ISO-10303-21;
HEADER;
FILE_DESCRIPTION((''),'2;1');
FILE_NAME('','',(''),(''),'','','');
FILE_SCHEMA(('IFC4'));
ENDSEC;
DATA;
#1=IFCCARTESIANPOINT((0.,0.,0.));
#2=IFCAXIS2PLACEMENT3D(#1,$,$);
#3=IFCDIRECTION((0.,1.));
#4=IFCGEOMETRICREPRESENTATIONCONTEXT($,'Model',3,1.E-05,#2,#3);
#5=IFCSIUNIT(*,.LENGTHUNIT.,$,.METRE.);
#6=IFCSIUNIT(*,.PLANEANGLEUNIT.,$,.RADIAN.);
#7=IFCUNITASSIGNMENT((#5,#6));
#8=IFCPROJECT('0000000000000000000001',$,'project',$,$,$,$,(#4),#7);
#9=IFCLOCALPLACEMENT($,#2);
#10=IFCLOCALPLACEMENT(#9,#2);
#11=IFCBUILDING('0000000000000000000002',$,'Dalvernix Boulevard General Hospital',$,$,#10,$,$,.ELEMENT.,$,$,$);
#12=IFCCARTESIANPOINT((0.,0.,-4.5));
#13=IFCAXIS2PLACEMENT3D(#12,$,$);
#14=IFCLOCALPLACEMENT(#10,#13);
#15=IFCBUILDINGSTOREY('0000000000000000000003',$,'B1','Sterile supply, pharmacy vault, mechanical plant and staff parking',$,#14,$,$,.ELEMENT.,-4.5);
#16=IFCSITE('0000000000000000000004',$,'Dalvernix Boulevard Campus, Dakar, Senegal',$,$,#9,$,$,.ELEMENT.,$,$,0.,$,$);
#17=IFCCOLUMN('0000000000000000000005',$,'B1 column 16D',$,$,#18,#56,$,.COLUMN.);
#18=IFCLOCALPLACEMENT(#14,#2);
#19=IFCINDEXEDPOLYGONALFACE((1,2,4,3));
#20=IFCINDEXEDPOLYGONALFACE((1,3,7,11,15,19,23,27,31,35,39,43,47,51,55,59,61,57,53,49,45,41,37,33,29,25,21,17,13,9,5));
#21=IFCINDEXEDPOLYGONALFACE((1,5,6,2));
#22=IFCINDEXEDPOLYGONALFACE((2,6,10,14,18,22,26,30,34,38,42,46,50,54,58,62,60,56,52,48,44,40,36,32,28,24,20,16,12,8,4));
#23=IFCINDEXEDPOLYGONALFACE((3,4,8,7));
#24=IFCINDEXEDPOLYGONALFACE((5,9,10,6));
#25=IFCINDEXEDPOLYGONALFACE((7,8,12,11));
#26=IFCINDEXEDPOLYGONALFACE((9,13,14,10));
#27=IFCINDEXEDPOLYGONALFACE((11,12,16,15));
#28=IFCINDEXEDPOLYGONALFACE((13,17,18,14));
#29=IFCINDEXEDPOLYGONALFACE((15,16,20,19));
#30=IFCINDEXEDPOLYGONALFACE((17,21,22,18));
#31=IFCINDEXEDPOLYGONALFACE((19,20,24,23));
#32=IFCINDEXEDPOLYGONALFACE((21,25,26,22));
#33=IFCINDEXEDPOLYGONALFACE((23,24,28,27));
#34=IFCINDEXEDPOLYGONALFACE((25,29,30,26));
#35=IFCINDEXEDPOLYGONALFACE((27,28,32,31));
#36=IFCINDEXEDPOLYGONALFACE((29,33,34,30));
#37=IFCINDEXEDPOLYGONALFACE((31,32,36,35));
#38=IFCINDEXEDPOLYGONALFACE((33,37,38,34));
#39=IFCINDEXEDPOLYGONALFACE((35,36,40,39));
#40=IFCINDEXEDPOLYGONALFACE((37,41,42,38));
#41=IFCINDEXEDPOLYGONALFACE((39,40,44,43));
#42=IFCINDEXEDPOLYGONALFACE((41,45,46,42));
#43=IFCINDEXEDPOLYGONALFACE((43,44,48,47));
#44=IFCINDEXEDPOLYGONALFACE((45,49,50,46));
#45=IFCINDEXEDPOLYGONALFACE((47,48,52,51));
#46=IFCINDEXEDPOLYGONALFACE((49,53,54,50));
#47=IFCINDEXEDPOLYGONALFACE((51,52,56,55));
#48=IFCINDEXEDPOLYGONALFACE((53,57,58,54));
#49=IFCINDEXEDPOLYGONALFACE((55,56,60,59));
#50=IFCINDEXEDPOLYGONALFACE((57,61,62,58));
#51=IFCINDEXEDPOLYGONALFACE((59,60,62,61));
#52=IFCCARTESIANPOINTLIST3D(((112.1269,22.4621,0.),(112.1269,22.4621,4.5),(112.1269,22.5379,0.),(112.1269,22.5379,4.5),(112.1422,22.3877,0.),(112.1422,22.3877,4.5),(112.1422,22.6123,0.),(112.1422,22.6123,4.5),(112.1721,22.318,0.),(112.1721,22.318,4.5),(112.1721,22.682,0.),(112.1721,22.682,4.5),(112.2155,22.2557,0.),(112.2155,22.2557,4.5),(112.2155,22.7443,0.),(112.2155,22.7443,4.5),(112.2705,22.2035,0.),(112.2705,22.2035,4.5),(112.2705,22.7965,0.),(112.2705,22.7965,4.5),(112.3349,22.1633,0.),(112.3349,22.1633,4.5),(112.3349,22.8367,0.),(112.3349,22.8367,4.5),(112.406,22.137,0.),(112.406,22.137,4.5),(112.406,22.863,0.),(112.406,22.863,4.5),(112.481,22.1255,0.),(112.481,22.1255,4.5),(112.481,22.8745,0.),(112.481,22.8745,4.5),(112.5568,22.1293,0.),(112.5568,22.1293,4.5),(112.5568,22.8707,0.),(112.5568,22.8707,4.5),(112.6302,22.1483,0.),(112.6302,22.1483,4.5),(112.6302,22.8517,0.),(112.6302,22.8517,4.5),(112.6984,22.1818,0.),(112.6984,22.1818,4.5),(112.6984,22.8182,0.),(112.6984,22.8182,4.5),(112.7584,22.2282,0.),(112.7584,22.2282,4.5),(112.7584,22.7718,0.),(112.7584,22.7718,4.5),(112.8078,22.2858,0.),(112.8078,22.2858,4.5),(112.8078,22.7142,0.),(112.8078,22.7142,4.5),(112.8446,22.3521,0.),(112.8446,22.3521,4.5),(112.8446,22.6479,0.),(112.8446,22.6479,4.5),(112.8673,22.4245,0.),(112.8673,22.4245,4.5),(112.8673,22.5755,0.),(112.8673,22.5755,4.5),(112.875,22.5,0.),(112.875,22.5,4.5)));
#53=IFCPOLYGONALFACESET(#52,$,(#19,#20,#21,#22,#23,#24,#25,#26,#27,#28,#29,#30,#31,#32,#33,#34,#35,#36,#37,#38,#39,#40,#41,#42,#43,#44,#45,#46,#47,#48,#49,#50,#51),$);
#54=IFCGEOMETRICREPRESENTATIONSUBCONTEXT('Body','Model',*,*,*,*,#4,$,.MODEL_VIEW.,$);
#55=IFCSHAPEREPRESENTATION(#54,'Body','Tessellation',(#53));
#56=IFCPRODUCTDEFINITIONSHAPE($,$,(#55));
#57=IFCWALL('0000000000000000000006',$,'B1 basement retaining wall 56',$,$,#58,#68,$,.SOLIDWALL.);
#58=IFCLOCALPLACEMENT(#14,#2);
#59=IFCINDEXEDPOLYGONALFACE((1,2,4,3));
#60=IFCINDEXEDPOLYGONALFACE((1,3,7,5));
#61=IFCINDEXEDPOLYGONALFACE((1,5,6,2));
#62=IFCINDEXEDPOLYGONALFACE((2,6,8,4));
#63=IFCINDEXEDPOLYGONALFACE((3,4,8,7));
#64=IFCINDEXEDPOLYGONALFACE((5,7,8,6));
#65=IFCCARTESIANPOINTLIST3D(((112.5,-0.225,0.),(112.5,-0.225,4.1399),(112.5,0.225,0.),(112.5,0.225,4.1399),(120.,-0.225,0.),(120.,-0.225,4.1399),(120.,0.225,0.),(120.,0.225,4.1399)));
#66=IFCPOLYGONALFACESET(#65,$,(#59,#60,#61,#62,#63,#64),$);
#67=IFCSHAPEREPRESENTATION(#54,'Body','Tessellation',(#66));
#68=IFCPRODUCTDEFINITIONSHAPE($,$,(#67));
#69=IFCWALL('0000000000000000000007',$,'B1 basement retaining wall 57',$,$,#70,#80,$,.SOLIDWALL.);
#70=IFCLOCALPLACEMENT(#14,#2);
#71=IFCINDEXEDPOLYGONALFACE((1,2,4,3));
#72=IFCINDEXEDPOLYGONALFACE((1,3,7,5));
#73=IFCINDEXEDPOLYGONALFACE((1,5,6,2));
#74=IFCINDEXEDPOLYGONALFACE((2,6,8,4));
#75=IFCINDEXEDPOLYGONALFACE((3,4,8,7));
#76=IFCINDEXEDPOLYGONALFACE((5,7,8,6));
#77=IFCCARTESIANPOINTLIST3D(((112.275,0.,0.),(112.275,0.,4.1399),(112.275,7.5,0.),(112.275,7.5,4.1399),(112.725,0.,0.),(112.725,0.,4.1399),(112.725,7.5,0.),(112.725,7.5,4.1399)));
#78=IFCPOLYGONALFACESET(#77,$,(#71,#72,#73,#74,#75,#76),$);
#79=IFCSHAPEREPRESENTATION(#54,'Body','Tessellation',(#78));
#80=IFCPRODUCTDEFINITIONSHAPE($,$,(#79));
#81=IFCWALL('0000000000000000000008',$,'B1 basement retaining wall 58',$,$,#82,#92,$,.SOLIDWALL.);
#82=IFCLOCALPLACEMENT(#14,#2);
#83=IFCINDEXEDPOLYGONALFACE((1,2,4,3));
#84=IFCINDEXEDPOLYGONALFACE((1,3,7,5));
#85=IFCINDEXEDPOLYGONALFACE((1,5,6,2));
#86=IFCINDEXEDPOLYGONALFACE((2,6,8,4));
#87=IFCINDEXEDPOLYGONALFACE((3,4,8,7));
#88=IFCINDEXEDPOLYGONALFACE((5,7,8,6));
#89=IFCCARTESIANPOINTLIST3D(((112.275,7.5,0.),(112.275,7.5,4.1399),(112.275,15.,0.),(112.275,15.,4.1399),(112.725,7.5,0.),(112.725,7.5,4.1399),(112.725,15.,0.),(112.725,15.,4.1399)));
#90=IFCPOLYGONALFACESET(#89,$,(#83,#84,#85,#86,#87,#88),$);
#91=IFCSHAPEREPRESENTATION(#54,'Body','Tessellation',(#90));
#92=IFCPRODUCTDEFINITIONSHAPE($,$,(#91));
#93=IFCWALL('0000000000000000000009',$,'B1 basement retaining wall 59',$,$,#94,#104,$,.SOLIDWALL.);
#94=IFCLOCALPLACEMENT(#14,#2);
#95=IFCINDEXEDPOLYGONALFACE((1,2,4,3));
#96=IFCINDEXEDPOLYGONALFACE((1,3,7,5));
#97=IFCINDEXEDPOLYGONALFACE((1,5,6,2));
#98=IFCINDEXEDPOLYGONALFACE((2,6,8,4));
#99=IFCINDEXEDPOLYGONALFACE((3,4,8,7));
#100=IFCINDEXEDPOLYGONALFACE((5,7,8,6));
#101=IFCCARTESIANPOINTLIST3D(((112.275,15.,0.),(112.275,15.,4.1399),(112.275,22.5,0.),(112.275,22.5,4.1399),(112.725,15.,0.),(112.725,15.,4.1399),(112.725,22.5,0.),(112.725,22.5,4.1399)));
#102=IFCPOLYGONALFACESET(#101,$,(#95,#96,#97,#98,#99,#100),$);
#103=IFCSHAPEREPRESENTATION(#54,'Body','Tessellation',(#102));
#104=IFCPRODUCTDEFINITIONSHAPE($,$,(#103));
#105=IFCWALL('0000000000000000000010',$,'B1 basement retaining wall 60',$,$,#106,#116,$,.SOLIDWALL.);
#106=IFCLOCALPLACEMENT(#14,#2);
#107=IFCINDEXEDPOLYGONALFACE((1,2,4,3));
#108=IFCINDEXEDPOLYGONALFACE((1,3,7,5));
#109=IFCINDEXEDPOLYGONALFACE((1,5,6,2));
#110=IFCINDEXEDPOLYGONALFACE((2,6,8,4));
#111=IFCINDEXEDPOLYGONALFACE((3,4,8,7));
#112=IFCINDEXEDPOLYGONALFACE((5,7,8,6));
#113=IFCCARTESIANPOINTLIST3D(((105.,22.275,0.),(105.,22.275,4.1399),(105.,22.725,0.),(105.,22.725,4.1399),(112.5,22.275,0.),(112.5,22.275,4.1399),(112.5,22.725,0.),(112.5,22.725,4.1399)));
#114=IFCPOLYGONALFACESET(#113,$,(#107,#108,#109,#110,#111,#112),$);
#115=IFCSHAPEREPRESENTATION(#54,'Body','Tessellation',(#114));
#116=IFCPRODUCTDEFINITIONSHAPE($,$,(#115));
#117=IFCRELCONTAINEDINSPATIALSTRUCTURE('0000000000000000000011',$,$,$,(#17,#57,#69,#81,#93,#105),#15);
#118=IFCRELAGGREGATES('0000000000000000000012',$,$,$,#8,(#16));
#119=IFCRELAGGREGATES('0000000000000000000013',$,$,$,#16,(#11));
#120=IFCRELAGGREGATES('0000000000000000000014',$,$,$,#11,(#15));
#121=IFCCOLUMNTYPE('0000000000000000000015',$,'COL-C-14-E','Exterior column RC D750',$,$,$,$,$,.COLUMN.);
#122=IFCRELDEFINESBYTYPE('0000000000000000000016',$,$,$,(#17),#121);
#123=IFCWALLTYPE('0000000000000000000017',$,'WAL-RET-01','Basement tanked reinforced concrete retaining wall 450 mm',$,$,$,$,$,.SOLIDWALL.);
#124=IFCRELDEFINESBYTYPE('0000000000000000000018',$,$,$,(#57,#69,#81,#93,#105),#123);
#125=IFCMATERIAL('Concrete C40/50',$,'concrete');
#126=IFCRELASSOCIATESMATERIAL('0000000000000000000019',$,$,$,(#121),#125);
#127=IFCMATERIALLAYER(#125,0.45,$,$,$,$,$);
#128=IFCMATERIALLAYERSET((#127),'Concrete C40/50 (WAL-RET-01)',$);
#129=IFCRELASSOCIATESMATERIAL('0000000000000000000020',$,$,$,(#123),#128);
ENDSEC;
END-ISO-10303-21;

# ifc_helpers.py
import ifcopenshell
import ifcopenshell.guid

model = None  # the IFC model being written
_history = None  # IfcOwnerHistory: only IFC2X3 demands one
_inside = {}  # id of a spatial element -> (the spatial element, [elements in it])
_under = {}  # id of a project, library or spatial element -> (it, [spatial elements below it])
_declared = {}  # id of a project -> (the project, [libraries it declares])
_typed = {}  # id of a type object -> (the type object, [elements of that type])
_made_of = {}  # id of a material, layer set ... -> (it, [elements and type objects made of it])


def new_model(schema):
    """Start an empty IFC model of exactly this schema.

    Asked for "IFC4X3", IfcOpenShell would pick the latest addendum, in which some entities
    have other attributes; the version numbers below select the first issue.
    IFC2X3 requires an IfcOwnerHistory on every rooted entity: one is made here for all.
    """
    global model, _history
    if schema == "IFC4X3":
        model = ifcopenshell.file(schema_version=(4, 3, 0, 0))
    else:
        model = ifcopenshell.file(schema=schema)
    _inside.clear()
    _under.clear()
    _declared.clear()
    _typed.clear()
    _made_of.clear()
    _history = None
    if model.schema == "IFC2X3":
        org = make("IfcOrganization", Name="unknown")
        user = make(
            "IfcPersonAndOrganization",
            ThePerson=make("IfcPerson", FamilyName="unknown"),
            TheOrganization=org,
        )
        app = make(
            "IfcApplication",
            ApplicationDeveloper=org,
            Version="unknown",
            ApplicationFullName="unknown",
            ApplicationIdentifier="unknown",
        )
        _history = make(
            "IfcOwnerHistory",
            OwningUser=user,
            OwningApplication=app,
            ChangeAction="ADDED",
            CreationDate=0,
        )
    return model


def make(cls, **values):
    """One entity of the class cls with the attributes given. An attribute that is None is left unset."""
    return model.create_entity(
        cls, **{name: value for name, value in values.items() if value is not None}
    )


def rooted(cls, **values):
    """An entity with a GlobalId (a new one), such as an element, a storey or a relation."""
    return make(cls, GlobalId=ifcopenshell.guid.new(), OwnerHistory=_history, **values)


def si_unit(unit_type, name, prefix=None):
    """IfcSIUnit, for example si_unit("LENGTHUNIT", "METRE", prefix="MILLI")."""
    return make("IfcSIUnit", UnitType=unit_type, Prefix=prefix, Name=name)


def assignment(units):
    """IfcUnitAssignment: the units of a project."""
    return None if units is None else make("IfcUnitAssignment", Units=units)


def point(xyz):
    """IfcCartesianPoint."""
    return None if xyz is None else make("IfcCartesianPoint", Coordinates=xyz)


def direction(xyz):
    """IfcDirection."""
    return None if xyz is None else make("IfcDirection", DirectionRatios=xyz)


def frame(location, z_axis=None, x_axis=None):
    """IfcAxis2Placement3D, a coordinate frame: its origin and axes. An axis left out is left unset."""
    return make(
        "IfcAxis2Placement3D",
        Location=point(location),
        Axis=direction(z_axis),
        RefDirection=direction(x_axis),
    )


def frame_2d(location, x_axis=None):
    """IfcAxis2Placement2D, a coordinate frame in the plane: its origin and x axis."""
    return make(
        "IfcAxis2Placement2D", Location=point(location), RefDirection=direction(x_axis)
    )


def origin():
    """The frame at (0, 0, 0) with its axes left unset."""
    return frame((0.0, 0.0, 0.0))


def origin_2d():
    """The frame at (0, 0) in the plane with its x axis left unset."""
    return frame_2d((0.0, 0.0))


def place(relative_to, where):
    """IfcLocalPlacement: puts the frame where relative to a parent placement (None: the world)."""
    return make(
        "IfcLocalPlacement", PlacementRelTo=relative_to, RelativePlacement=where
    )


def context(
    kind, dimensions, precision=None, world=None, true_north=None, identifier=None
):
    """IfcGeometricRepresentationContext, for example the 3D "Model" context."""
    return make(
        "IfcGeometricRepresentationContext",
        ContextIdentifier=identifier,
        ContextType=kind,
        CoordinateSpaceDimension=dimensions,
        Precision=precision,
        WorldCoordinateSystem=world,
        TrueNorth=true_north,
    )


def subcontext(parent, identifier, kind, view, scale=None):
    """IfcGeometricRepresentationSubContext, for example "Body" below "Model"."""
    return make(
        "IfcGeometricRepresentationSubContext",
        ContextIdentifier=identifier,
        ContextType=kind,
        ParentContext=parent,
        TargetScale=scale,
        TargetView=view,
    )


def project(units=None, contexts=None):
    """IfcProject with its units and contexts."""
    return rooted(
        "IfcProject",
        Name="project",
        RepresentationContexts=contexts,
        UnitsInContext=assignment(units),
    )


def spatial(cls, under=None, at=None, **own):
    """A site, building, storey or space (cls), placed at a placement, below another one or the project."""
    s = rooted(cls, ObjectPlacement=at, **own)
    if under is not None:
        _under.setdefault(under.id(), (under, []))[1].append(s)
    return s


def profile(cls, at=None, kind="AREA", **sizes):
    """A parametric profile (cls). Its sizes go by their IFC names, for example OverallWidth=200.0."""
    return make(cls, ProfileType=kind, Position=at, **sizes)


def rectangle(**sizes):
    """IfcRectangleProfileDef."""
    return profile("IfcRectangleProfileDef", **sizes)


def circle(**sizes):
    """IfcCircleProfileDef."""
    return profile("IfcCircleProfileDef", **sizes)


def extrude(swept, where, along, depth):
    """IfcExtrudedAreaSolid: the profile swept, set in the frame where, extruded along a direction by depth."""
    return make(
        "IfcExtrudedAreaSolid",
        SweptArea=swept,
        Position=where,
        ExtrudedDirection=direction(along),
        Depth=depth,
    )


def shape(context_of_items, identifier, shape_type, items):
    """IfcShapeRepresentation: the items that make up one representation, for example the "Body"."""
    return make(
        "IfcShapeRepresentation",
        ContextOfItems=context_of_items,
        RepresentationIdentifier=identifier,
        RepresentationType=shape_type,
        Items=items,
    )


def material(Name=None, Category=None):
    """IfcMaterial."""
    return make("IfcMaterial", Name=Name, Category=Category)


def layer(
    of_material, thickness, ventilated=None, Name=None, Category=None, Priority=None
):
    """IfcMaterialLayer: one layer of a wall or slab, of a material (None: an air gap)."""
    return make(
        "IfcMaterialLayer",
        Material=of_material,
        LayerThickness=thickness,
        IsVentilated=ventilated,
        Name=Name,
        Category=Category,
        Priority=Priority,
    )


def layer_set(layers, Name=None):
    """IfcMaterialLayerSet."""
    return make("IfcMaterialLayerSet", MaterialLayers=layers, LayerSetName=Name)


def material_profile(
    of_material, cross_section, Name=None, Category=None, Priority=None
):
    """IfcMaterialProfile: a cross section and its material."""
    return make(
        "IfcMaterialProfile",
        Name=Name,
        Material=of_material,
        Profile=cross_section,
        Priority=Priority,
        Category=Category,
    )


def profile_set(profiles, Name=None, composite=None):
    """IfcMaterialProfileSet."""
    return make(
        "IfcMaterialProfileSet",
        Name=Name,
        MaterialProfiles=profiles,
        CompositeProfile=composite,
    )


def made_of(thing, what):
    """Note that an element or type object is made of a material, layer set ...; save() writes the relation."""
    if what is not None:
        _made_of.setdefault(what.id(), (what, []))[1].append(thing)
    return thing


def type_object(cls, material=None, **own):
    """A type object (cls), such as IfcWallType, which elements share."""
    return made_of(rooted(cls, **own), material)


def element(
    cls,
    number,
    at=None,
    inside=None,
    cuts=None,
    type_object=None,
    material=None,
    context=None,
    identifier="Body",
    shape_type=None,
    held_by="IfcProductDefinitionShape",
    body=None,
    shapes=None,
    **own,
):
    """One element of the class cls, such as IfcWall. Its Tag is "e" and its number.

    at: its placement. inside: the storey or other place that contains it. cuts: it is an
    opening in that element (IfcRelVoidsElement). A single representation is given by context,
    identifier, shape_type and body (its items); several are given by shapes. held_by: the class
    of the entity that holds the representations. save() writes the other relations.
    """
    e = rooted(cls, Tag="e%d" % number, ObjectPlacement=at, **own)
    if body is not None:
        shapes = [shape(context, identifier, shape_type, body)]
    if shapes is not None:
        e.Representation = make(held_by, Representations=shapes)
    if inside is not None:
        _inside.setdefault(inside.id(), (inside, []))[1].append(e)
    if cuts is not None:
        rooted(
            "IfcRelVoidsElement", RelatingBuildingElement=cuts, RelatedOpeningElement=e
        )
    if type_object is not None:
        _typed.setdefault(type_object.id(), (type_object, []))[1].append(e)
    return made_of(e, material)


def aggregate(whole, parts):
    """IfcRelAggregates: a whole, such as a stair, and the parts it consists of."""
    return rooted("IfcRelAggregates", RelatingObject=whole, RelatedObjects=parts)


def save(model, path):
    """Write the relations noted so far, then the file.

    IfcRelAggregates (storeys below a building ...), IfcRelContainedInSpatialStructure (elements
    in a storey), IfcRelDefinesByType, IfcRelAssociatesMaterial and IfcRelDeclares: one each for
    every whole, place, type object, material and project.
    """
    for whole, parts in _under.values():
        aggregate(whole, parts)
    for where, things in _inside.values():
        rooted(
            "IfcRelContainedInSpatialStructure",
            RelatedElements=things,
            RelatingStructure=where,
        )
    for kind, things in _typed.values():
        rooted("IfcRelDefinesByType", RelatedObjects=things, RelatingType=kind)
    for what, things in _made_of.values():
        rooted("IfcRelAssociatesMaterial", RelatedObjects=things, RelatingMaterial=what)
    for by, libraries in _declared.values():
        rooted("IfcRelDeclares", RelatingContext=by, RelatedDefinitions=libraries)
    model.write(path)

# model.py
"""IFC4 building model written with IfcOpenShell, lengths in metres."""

from ifc_helpers import new_model, si_unit, direction, frame, frame_2d, origin, origin_2d, place, context, subcontext, project, spatial, rectangle, circle, extrude, material, layer, layer_set, material_profile, profile_set, type_object, element, save


model = new_model("IFC4")

# Units and contexts
model_context = context("Model", 3, precision=1e-05, world=origin(), true_north=direction((0.0, 1.0)))
body_context = subcontext(model_context, "Body", "Model", "MODEL_VIEW")
ifc_project = project(units=[si_unit("LENGTHUNIT", "METRE"), si_unit("PLANEANGLEUNIT", "RADIAN")], contexts=[model_context])

# Site, building, storey
site_placement = place(None, origin())
site = spatial("IfcSite", under=ifc_project, at=site_placement, Name="Dalvernix Boulevard Campus, Dakar, Senegal", CompositionType="ELEMENT", RefElevation=0.0)
building_placement = place(site_placement, origin())
building = spatial("IfcBuilding", under=site, at=building_placement, Name="Dalvernix Boulevard General Hospital", CompositionType="ELEMENT")
storey_placement = place(building_placement, frame((0.0, 0.0, -4.5)))
storey = spatial("IfcBuildingStorey", under=building, at=storey_placement, Name="B1", Description="Sterile supply, pharmacy vault, mechanical plant and staff parking", CompositionType="ELEMENT", Elevation=-4.5)

# Shared definitions
ifc_material_1 = material(Name="Concrete C40/50", Category="concrete")

# Column
ifc_material_profile_1 = material_profile(ifc_material_1, circle(Radius=0.375, at=origin_2d()), Name="RC D750")
ifc_profile_set_1 = profile_set([ifc_material_profile_1], Name="Concrete C40/50")
column_type_1 = type_object("IfcColumnType", Name="COL-C-14-E", Description="Exterior column RC D750", PredefinedType="COLUMN", material=ifc_profile_set_1)
column_1_placement = place(storey_placement, frame((112.5, 22.5, 0.0), z_axis=(0.0, 0.0, 1.0), x_axis=(1.0, 0.0, 0.0)))
element("IfcColumn", 1, at=column_1_placement, inside=storey, type_object=column_type_1, Name="B1 column 16D", PredefinedType="COLUMN", context=body_context, shape_type="SweptSolid", body=[
    extrude(circle(Radius=0.375, at=origin_2d()), origin(), (0.0, 0.0, 1.0), 4.5),
])

# Walls
ifc_layer = layer(ifc_material_1, 0.45)
ifc_layer_set = layer_set([ifc_layer], Name="Concrete C40/50 (WAL-RET-01)")
wall_type = type_object("IfcWallType", Name="WAL-RET-01", Description="Basement tanked reinforced concrete retaining wall 450 mm", PredefinedType="SOLIDWALL", material=ifc_layer_set)
for number, where, z_axis, x_axis, name in (
    (2, (120.0, 0.0, 0.0), (0.0, 0.0, 1.0), (-1.0, 0.0, 0.0), "B1 basement retaining wall 56"),
    (3, (112.5, 0.0, 0.0), (0.0, 0.0, 1.0), (0.0, 1.0, 0.0), "B1 basement retaining wall 57"),
    (4, (112.5, 7.5, 0.0), (0.0, 0.0, 1.0), (0.0, 1.0, 0.0), "B1 basement retaining wall 58"),
    (5, (112.5, 15.0, 0.0), (0.0, 0.0, 1.0), (0.0, 1.0, 0.0), "B1 basement retaining wall 59"),
    (6, (112.5, 22.5, 0.0), (0.0, 0.0, 1.0), (-1.0, 0.0, 0.0), "B1 basement retaining wall 60"),
):
    element("IfcWall", number, at=place(storey_placement, frame(where, z_axis=z_axis, x_axis=x_axis)), inside=storey, type_object=wall_type, Name=name, PredefinedType="SOLIDWALL", context=body_context, shape_type="SweptSolid", body=[
        extrude(rectangle(XDim=7.5, YDim=0.45, at=frame_2d((3.75, 0.0))), origin(), (0.0, 0.0, 1.0), 4.1399),
    ])

save(model, "model.ifc")
